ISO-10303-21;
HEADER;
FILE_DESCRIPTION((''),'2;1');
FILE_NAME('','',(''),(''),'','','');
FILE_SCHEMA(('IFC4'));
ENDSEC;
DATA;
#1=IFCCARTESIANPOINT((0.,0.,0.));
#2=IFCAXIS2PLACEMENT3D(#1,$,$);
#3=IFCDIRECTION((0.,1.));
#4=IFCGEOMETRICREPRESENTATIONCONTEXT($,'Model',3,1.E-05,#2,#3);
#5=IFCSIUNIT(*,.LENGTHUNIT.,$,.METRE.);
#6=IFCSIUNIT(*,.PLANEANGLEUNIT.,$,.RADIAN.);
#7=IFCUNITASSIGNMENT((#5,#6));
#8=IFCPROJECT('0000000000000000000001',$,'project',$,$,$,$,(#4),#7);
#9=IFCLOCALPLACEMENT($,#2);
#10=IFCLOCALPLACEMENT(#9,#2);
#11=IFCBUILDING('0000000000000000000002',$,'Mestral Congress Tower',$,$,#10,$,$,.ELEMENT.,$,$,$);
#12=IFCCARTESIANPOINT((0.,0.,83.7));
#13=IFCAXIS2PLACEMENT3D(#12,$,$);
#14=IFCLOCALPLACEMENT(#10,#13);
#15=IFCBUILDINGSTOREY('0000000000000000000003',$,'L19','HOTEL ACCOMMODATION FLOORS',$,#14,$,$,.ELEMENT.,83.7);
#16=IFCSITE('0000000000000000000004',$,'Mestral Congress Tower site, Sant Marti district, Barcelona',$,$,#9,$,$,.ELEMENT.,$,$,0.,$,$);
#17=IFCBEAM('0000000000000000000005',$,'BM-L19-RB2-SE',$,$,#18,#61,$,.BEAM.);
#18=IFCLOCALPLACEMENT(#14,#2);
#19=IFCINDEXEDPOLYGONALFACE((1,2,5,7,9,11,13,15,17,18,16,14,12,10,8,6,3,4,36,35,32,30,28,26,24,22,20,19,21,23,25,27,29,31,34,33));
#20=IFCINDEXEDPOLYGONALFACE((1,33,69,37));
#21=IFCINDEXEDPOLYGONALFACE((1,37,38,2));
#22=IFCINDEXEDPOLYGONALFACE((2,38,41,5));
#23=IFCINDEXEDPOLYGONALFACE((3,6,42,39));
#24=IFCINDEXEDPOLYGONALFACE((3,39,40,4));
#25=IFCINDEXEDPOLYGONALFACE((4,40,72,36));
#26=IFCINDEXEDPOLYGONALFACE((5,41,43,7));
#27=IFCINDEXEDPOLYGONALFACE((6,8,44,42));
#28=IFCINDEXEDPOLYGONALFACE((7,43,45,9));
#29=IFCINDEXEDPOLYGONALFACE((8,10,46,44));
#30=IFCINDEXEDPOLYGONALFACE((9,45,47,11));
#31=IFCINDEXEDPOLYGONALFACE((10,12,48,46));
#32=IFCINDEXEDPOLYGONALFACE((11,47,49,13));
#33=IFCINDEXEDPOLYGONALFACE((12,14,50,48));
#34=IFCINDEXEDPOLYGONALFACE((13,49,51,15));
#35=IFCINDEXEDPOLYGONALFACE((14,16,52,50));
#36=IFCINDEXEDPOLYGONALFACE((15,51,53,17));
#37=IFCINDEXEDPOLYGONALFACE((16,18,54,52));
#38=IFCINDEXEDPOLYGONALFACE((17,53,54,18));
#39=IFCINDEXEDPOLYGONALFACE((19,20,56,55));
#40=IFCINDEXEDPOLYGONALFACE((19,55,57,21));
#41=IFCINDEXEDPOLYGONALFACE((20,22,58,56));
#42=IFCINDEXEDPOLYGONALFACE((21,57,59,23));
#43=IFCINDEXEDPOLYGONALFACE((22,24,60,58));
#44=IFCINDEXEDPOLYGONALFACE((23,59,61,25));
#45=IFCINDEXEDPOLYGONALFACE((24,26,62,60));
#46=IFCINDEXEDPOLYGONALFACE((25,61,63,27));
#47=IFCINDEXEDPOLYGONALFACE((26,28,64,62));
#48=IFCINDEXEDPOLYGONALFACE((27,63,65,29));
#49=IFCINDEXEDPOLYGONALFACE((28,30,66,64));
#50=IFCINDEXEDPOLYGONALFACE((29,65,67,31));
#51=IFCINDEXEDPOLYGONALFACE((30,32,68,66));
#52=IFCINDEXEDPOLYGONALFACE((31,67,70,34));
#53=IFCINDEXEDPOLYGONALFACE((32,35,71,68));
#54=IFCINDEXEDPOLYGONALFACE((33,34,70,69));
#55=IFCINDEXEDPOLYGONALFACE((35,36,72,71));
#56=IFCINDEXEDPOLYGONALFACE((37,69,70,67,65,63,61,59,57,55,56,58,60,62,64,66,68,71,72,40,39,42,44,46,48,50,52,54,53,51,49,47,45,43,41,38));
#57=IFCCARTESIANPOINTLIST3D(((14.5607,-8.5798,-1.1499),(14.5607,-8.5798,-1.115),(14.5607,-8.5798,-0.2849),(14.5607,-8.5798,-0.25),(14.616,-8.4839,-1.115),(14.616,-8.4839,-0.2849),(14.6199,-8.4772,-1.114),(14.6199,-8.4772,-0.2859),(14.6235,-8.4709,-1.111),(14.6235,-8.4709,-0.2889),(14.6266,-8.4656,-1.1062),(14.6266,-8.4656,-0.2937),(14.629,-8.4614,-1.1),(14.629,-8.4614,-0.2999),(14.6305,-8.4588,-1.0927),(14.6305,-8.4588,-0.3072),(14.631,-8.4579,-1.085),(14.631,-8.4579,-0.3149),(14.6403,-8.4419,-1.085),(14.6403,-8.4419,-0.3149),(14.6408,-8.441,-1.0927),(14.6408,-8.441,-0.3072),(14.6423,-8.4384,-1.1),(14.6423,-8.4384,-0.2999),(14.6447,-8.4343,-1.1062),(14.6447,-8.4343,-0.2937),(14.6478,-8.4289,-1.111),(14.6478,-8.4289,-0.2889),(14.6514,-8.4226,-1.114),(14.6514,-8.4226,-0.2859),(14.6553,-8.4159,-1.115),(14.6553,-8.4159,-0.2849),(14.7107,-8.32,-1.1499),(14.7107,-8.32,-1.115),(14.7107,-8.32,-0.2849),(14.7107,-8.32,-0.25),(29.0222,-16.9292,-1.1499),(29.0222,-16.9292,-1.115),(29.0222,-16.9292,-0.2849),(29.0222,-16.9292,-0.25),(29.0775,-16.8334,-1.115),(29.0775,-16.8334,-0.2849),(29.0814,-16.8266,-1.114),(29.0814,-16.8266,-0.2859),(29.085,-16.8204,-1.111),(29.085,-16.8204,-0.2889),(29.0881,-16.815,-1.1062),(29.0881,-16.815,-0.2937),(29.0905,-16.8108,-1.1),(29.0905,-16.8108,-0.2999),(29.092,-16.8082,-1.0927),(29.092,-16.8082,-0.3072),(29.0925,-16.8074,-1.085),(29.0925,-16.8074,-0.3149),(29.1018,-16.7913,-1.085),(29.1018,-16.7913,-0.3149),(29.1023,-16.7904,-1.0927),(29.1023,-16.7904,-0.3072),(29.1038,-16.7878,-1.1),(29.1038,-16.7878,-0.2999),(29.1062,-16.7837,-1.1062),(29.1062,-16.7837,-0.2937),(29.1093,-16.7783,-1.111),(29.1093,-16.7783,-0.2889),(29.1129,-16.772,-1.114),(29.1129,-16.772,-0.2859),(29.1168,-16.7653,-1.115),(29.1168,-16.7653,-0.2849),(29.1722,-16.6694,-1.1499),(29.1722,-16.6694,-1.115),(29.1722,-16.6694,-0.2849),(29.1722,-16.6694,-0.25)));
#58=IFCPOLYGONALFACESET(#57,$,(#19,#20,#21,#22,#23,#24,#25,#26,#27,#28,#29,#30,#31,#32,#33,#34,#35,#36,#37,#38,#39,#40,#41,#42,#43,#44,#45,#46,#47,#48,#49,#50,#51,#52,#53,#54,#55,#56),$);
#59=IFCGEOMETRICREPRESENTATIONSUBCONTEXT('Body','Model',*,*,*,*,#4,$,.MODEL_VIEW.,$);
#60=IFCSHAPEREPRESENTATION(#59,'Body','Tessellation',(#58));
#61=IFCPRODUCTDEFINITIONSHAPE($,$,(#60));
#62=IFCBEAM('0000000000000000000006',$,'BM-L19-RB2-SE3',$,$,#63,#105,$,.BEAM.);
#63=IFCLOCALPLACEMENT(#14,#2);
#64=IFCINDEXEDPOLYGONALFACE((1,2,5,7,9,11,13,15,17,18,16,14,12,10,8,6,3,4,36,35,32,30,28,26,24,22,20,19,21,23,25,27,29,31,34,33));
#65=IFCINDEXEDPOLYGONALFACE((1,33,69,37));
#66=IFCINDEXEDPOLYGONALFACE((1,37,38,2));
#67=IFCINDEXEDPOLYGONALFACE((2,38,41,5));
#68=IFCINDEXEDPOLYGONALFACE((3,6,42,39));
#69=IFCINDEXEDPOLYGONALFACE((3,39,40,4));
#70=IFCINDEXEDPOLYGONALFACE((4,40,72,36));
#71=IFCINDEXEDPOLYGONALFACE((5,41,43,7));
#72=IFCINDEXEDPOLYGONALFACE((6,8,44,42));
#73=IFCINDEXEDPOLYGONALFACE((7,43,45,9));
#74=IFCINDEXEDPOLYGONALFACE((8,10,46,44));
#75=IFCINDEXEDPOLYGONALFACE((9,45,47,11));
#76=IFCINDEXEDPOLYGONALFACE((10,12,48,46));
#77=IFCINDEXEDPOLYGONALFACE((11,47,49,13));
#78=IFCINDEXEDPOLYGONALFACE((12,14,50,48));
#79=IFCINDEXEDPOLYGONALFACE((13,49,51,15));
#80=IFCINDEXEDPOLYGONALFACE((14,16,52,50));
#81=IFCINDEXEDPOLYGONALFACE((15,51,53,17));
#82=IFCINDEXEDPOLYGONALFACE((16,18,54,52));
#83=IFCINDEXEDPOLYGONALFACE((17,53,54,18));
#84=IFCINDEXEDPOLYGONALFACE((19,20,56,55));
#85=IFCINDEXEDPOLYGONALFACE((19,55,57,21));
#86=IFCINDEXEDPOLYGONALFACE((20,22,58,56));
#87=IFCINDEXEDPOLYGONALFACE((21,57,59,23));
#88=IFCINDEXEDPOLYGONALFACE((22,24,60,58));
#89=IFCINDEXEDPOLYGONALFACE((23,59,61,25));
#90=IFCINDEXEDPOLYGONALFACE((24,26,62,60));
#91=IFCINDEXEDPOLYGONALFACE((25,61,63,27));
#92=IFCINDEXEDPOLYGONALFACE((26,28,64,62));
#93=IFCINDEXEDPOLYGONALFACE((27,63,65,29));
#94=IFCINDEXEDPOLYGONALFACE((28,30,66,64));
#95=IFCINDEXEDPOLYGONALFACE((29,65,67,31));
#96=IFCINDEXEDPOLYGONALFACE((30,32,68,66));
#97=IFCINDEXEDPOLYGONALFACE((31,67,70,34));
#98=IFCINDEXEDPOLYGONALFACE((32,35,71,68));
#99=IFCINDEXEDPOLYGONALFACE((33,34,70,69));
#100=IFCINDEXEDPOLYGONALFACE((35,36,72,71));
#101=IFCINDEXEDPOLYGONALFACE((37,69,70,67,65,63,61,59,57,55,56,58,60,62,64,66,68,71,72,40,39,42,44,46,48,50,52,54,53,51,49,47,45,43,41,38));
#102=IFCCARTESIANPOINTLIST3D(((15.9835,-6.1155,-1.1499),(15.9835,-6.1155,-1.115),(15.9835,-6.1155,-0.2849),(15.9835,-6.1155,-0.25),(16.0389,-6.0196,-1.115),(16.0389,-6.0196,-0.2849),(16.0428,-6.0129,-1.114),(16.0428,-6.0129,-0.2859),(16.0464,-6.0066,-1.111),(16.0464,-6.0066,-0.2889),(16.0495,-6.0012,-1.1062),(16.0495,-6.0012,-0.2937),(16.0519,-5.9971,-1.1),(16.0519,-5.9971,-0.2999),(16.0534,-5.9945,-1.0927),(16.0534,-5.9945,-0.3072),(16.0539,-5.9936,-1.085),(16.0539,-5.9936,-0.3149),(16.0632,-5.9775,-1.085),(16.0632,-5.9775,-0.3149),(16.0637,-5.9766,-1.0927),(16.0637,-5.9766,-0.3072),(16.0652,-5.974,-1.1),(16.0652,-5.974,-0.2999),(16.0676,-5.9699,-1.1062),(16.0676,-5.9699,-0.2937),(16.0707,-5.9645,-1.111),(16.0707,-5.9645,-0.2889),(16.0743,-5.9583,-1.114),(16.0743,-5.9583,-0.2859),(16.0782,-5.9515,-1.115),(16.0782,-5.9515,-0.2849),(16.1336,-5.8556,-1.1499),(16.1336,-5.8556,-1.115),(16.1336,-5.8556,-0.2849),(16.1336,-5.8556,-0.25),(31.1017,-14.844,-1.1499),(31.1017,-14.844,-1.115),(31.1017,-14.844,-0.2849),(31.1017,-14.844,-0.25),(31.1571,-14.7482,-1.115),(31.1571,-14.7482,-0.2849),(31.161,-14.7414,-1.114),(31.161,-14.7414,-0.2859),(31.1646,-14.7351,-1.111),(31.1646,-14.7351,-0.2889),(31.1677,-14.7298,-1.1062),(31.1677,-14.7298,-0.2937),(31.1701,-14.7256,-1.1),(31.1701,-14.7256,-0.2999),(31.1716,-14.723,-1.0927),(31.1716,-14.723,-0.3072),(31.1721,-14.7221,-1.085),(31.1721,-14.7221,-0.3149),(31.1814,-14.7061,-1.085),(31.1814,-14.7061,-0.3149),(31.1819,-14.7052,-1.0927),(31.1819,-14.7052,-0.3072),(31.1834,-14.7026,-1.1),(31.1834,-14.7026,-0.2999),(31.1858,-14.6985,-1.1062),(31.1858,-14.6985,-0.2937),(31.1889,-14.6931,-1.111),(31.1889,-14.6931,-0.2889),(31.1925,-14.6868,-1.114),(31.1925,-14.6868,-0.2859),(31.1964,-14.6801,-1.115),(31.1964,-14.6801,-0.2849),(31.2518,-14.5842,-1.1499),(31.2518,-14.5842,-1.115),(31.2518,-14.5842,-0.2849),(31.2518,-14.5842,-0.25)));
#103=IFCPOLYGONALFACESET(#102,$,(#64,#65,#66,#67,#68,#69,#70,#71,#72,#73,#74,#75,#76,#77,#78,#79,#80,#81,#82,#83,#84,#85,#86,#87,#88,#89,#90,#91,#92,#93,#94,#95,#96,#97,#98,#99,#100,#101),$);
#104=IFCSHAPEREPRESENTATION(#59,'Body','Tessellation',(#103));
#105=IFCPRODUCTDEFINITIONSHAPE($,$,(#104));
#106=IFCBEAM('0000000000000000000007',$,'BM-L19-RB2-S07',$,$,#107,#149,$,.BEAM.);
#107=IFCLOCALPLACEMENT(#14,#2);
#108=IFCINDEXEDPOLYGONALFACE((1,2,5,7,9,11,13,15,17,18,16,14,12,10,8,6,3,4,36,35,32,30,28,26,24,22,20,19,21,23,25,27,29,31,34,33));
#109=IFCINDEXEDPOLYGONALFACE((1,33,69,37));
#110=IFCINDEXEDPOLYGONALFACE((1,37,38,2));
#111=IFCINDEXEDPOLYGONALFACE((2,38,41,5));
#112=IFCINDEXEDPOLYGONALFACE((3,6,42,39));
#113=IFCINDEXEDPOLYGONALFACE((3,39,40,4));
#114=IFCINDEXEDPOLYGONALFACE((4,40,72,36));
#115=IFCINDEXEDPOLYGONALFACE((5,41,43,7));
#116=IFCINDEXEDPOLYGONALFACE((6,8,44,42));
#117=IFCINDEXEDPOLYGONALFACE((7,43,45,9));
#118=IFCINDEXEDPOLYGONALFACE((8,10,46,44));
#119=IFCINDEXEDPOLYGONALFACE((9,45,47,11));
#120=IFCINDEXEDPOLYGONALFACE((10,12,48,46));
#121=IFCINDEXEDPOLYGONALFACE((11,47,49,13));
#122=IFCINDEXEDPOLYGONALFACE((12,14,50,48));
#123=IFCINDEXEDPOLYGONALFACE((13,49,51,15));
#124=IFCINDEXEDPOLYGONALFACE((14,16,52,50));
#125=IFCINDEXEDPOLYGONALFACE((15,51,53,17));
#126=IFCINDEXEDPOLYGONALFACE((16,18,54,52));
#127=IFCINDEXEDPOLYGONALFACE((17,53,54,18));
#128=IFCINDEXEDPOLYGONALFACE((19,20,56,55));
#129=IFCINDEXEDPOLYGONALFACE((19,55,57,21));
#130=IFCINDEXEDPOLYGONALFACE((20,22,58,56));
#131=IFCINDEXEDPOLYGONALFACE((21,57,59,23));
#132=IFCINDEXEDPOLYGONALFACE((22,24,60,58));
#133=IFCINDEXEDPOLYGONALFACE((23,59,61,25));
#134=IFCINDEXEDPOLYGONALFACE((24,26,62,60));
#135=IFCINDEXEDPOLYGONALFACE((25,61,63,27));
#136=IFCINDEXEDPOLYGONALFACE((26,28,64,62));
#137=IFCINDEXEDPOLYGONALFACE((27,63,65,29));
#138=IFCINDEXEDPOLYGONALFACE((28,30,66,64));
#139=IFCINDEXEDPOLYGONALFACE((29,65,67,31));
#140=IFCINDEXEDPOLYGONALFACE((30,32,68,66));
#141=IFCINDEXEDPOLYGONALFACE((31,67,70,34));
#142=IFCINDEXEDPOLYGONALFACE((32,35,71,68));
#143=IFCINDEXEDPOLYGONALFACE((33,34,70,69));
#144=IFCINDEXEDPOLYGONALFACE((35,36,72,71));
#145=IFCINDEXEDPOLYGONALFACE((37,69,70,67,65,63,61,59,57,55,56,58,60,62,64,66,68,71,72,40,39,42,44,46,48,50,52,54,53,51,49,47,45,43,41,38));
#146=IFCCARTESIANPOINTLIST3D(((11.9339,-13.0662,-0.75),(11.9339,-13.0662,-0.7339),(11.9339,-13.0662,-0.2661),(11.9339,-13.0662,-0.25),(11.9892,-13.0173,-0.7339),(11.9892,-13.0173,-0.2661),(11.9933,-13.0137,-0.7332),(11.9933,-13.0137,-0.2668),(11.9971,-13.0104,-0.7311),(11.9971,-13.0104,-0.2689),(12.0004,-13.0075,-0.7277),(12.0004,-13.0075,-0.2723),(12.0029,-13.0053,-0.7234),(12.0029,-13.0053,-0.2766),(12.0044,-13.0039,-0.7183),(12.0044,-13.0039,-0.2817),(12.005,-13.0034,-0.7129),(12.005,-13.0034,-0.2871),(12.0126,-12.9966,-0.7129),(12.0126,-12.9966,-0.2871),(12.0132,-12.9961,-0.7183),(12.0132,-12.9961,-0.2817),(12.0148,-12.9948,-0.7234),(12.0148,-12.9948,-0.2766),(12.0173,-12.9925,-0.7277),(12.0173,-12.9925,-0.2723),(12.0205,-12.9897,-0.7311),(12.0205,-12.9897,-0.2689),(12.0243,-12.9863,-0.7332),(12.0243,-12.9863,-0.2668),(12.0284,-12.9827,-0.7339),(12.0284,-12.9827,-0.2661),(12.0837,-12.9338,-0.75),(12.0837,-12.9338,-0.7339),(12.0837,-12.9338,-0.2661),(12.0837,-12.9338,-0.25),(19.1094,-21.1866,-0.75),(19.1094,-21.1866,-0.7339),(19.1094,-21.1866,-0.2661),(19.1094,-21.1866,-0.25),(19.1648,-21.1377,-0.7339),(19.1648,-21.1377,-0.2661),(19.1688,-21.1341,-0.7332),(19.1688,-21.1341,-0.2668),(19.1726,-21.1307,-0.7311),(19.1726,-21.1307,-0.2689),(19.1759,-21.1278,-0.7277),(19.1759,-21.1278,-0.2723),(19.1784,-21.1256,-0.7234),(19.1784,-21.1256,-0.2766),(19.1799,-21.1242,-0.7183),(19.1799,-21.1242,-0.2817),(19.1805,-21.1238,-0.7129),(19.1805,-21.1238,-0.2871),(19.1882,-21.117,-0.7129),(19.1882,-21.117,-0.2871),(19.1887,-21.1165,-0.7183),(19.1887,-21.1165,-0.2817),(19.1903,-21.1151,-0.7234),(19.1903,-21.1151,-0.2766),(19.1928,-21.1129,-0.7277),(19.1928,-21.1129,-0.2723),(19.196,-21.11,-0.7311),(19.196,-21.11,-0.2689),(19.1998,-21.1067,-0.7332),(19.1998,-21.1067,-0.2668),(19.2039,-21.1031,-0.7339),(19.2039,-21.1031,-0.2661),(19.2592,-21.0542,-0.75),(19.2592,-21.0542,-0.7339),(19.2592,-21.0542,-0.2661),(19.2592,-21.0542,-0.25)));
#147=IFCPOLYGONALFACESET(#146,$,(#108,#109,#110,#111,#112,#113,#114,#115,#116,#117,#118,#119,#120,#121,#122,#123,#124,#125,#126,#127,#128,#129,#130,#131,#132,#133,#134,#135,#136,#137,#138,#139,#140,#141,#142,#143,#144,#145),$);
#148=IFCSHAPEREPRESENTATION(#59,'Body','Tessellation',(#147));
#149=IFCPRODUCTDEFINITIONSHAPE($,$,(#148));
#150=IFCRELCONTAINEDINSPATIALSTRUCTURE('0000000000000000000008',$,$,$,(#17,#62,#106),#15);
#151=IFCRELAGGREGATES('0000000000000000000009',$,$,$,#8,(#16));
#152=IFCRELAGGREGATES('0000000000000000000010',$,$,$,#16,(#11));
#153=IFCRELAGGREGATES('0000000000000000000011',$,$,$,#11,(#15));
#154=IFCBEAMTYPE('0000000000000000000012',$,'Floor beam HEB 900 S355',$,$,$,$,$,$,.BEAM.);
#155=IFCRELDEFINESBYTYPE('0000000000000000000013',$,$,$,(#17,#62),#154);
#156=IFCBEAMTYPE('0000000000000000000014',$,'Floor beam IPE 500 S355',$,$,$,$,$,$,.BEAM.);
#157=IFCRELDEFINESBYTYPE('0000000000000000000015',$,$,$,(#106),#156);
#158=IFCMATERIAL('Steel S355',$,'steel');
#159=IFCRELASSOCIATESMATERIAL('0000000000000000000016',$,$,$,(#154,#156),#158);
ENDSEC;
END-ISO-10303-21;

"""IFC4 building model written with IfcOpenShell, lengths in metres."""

from ifc_helpers import new_model, si_unit, direction, frame, origin, origin_2d, place, context, subcontext, project, spatial, i_section, extrude, material, material_profile, profile_set, type_object, element, save


model = new_model("IFC4")

# Units and contexts
model_context = context("Model", 3, precision=1e-05, world=origin(), true_north=direction((0.0, 1.0)))
body_context = subcontext(model_context, "Body", "Model", "MODEL_VIEW")
ifc_project = project(units=[si_unit("LENGTHUNIT", "METRE"), si_unit("PLANEANGLEUNIT", "RADIAN")], contexts=[model_context])

# Site, building, storey
site_placement = place(None, origin())
site = spatial("IfcSite", under=ifc_project, at=site_placement, Name="Mestral Congress Tower site, Sant Marti district, Barcelona", CompositionType="ELEMENT", RefElevation=0.0)
building_placement = place(site_placement, origin())
building = spatial("IfcBuilding", under=site, at=building_placement, Name="Mestral Congress Tower", CompositionType="ELEMENT")
storey_placement = place(building_placement, frame((0.0, 0.0, 83.7)))
storey = spatial("IfcBuildingStorey", under=building, at=storey_placement, Name="L19", Description="HOTEL ACCOMMODATION FLOORS", CompositionType="ELEMENT", Elevation=83.7)

# Beams
ifc_material_1 = material(Name="Steel S355", Category="steel")
ifc_material_profile_1 = material_profile(ifc_material_1, i_section(OverallWidth=0.3, OverallDepth=0.8999, WebThickness=0.0186, FlangeThickness=0.0349, FilletRadius=0.03, at=origin_2d()), Name="HEB 900")
ifc_profile_set_1 = profile_set([ifc_material_profile_1], Name="Steel S355")
beam_type_1 = type_object("IfcBeamType", Name="Floor beam HEB 900 S355", PredefinedType="BEAM", material=ifc_profile_set_1)
beam_1_placement = place(storey_placement, frame((29.0972, -16.7993, -0.7), z_axis=(-0.866024, 0.500003, 0.0), x_axis=(-0.500003, -0.866024, 0.0)))
element("IfcBeam", 1, at=beam_1_placement, inside=storey, type_object=beam_type_1, Name="BM-L19-RB2-SE", PredefinedType="BEAM", context=body_context, shape_type="SweptSolid", body=[
    extrude(i_section(OverallWidth=0.3, OverallDepth=0.8999, WebThickness=0.0186, FlangeThickness=0.0349, FilletRadius=0.03, at=origin_2d()), origin(), (0.0, 0.0, 1.0), 16.6987),
])
beam_2_placement = place(storey_placement, frame((31.1768, -14.7141, -0.7), z_axis=(-0.866024, 0.500002, 0.0), x_axis=(-0.500002, -0.866024, 0.0)))
element("IfcBeam", 2, at=beam_2_placement, inside=storey, type_object=beam_type_1, Name="BM-L19-RB2-SE3", PredefinedType="BEAM", context=body_context, shape_type="SweptSolid", body=[
    extrude(i_section(OverallWidth=0.3, OverallDepth=0.8999, WebThickness=0.0186, FlangeThickness=0.0349, FilletRadius=0.03, at=origin_2d()), origin(), (0.0, 0.0, 1.0), 17.457),
])
ifc_material_profile_2 = material_profile(ifc_material_1, i_section(OverallWidth=0.2, OverallDepth=0.5, WebThickness=0.0103, FlangeThickness=0.0161, FilletRadius=0.021, at=origin_2d()), Name="IPE 500")
ifc_profile_set_2 = profile_set([ifc_material_profile_2], Name="Steel S355")
beam_type_2 = type_object("IfcBeamType", Name="Floor beam IPE 500 S355", PredefinedType="BEAM", material=ifc_profile_set_2)
beam_3_placement = place(storey_placement, frame((19.1843, -21.1204, -0.5), z_axis=(-0.662167, 0.749356, 0.0), x_axis=(-0.749356, -0.662167, 0.0)))
element("IfcBeam", 3, at=beam_3_placement, inside=storey, type_object=beam_type_2, Name="BM-L19-RB2-S07", PredefinedType="BEAM", context=body_context, shape_type="SweptSolid", body=[
    extrude(i_section(OverallWidth=0.2, OverallDepth=0.5, WebThickness=0.0103, FlangeThickness=0.0161, FilletRadius=0.021, at=origin_2d()), origin(), (0.0, 0.0, 1.0), 10.8364),
])

save(model, "model.ifc")
